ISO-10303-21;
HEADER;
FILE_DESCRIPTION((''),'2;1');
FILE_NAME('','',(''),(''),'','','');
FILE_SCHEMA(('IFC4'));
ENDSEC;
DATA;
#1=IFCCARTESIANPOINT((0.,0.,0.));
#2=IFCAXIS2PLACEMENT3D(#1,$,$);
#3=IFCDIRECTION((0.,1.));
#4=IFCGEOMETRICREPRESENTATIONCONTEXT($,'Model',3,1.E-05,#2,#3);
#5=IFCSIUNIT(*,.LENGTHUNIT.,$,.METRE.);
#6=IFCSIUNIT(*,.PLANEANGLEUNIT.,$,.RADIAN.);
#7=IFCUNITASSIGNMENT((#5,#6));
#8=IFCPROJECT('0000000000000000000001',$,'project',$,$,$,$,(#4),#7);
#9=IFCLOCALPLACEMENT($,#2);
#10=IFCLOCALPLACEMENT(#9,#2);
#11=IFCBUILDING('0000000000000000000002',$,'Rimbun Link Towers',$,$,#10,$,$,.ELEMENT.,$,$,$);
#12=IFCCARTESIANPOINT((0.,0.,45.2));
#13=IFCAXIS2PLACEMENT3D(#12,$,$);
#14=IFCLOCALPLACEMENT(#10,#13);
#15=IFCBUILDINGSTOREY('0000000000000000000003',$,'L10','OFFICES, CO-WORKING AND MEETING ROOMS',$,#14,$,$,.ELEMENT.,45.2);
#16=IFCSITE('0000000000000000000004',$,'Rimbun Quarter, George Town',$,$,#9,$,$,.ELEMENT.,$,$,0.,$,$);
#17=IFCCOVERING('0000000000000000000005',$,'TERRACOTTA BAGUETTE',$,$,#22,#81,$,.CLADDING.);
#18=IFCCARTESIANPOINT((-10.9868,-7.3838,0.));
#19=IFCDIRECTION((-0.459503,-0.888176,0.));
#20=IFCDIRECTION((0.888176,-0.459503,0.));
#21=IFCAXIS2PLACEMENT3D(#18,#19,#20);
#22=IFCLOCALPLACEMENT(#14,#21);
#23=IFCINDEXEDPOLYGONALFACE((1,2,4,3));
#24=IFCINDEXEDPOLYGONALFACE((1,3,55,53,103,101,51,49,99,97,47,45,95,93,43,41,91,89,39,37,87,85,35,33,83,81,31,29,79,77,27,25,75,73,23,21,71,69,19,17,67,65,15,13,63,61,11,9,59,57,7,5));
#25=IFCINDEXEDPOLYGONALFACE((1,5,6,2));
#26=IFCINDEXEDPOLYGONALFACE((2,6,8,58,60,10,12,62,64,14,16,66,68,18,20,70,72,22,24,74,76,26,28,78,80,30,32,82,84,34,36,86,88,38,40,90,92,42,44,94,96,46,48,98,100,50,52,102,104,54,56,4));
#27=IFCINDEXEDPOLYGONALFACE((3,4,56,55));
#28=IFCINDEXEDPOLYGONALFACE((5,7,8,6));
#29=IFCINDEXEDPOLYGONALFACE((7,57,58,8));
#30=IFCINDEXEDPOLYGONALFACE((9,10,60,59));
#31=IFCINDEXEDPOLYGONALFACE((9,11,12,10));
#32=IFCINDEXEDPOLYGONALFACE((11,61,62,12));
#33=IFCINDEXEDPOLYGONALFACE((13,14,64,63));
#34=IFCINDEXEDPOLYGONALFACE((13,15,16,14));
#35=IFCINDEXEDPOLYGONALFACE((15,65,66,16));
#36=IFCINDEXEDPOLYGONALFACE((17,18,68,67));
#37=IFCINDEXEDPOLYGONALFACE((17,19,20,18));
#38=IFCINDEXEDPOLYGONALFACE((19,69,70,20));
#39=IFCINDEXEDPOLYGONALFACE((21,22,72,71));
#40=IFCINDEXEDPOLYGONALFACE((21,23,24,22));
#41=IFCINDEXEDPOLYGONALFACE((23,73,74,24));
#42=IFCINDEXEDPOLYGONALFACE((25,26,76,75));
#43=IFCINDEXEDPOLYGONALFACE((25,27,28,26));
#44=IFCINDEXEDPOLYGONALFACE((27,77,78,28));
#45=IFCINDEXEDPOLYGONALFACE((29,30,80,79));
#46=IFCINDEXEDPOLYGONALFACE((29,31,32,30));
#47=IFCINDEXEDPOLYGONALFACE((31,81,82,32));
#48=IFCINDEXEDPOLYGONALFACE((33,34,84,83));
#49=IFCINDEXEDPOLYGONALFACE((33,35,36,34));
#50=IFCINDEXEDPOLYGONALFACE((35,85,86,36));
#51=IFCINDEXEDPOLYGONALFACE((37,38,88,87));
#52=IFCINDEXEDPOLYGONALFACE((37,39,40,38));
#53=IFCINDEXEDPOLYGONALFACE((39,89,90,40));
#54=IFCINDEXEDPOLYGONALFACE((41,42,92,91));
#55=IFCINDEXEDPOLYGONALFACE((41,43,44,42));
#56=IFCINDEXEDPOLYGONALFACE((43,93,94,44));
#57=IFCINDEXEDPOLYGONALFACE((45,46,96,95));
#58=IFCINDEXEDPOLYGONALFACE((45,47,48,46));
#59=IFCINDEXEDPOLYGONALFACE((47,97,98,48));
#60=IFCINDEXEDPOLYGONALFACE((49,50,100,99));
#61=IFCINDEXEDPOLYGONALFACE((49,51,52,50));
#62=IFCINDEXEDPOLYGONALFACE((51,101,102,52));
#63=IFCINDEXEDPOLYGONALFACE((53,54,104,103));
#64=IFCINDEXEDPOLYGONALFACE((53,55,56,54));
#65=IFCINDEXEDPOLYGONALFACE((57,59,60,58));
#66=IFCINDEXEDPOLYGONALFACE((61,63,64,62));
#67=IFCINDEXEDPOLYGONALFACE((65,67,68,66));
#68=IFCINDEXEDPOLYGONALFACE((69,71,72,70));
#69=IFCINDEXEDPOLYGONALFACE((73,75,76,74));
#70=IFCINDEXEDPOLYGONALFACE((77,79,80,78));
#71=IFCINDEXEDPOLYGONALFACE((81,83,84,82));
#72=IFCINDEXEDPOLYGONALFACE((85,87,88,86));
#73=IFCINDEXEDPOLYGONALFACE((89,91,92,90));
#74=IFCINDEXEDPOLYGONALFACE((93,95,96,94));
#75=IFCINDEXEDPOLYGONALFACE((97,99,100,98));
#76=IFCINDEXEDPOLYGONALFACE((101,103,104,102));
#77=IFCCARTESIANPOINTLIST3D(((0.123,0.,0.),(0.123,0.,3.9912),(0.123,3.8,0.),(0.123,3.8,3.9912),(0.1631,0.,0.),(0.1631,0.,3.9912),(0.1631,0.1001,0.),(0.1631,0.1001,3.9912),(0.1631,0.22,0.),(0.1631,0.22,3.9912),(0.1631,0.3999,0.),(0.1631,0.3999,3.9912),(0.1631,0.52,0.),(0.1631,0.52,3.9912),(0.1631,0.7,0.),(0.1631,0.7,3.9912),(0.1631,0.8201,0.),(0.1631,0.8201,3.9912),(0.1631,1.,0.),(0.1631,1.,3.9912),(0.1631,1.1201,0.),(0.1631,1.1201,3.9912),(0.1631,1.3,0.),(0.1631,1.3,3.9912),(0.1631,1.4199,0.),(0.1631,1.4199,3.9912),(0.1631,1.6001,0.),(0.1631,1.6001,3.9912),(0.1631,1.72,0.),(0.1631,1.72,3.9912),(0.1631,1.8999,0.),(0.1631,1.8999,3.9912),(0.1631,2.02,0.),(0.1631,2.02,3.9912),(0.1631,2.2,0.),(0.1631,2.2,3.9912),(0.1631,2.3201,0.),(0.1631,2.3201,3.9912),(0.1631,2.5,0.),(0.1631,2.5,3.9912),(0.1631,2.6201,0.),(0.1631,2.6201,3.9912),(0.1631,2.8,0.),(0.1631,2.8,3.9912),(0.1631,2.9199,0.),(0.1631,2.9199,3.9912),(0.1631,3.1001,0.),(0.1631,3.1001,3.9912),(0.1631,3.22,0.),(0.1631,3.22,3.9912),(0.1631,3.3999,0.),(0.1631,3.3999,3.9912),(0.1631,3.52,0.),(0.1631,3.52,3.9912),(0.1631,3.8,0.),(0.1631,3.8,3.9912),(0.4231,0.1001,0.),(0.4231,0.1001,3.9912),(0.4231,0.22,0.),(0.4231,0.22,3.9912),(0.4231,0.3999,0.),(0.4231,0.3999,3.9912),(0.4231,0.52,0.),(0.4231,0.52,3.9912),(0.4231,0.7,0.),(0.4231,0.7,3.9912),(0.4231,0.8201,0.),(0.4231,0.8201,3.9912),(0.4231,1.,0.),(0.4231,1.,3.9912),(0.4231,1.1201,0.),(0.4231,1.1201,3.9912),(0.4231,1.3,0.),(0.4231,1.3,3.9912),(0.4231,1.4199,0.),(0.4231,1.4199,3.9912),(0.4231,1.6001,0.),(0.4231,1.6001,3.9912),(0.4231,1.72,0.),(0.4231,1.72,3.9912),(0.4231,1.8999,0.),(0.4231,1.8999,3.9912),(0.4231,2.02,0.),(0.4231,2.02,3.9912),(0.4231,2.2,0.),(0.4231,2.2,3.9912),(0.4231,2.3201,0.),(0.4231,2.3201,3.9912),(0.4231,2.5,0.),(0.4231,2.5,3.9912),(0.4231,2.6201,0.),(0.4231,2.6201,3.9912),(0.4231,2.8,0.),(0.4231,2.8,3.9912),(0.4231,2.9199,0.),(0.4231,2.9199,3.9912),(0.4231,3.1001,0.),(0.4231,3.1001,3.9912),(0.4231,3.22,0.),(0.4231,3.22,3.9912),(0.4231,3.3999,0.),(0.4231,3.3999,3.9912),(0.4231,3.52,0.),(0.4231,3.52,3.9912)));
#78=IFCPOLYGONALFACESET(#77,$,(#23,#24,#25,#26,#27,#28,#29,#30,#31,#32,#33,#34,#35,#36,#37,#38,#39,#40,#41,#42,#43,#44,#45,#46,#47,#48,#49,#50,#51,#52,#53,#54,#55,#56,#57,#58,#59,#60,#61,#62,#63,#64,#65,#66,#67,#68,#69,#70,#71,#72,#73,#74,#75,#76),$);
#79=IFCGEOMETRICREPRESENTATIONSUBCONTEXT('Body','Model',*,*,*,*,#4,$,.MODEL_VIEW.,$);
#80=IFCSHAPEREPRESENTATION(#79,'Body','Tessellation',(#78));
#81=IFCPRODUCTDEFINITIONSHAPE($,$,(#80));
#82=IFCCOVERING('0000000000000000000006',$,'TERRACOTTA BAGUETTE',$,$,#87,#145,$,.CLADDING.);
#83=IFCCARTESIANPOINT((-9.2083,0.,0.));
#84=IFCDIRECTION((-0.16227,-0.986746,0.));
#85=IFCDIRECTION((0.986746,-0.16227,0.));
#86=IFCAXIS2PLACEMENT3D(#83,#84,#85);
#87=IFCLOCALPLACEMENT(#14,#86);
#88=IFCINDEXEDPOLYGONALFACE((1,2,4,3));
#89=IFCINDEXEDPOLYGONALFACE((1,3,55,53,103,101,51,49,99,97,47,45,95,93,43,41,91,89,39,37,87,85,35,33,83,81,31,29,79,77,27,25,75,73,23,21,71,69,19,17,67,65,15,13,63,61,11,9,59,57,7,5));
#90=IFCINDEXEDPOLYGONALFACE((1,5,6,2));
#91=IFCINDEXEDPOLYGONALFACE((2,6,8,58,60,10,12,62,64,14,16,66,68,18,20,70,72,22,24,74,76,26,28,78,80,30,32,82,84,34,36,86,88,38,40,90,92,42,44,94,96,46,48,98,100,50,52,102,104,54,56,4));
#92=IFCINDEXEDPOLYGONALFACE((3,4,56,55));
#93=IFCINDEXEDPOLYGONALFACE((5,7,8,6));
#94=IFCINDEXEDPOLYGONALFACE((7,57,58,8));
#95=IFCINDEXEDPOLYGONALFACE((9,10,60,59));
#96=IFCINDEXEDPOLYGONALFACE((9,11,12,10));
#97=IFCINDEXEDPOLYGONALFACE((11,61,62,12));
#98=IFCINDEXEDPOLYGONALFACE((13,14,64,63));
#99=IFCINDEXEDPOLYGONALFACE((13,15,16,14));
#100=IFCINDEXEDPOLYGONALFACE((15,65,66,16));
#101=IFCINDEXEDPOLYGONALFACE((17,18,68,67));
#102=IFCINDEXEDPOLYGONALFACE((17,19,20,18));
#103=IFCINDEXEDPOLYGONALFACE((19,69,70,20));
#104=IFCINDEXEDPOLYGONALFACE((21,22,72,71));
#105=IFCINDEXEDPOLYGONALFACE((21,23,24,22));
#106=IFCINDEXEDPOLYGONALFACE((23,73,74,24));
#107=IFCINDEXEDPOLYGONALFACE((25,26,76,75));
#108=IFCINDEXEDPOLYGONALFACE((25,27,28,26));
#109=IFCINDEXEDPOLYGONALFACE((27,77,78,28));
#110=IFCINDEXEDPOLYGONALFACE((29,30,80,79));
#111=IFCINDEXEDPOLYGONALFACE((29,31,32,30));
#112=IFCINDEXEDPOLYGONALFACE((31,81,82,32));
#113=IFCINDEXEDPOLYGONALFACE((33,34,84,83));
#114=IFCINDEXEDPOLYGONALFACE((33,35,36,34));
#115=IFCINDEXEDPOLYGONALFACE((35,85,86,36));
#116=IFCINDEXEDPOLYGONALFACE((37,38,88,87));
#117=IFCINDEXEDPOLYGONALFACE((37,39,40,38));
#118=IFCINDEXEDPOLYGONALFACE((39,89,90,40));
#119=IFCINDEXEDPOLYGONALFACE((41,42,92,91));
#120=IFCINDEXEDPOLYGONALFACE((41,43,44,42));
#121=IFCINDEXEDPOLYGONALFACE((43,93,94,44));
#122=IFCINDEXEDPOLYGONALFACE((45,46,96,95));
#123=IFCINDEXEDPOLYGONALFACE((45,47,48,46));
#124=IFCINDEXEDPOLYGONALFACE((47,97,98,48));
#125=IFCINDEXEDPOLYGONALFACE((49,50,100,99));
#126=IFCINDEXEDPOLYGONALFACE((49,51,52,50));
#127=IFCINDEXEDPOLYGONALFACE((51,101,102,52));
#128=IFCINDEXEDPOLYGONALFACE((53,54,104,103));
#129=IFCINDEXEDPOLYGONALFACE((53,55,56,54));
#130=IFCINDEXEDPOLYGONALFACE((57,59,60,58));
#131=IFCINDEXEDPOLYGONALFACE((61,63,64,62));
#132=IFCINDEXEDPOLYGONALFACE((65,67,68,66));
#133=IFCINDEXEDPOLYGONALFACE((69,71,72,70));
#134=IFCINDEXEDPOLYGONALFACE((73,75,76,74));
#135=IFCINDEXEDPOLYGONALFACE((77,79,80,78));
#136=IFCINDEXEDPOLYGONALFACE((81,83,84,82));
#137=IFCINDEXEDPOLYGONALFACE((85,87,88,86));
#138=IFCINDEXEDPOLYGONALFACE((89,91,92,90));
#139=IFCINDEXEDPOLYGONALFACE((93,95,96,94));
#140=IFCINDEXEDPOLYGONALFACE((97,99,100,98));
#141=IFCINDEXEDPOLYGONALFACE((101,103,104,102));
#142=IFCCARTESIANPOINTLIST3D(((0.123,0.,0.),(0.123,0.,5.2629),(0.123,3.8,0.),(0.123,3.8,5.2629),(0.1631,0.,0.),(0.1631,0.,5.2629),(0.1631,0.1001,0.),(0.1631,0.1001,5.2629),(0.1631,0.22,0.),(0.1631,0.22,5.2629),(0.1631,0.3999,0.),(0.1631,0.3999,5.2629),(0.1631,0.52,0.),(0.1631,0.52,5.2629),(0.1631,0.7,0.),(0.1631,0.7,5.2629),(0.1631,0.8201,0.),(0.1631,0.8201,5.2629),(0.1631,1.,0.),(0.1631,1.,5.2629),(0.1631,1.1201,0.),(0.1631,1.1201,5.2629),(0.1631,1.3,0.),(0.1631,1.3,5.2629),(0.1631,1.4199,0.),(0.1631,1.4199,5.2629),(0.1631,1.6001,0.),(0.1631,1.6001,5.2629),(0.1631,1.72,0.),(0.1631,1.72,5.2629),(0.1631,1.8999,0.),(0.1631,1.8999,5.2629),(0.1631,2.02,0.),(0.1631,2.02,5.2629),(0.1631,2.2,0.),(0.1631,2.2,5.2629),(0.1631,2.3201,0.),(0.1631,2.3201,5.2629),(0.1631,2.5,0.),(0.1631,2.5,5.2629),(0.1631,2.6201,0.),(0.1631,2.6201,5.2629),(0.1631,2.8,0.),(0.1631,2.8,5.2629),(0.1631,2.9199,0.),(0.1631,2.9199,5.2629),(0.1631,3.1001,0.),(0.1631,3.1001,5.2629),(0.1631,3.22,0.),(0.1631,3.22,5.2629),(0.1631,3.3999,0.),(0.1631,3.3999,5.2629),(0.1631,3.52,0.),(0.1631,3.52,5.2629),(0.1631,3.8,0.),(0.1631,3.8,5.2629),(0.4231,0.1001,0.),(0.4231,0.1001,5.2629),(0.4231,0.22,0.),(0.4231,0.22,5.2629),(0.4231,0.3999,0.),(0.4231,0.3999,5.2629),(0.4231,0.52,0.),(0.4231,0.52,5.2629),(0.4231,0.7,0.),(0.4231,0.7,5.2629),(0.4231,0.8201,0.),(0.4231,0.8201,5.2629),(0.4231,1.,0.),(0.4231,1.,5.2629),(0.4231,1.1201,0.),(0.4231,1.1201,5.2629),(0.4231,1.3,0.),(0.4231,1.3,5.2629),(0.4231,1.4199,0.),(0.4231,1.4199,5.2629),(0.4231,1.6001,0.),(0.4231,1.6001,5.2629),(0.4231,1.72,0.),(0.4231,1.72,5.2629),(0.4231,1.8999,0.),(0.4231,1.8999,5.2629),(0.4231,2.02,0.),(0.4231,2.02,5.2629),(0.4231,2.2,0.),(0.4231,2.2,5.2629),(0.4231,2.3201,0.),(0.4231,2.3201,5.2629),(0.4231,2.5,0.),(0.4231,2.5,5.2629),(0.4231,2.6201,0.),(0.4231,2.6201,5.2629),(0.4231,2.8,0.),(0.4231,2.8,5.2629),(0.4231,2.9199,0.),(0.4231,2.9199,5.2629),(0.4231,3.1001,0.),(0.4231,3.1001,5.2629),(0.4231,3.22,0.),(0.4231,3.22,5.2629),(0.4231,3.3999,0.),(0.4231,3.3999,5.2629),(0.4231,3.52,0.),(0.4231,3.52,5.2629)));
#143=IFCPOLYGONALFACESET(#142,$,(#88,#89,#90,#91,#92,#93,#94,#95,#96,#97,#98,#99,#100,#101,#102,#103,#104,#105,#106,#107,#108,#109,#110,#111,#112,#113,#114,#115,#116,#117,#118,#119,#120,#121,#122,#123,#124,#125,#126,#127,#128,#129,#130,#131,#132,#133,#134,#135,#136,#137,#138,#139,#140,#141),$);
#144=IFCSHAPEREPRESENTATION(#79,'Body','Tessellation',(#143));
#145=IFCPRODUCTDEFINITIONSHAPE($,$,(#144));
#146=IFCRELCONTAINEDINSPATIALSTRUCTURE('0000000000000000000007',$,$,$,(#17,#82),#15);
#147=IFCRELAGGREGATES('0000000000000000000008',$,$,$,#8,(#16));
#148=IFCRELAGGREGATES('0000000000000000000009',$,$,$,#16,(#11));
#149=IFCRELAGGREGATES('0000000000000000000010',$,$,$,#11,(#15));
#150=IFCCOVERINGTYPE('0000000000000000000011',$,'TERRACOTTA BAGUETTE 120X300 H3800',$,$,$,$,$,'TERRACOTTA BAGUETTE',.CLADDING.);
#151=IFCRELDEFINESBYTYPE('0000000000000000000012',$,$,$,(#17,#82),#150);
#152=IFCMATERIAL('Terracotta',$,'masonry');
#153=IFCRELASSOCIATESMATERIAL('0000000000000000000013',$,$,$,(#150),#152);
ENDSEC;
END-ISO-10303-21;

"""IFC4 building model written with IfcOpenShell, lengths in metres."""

from ifc_helpers import new_model, si_unit, direction, frame, origin, place, context, subcontext, project, spatial, polyline, outline, extrude, material, material_profile, profile_set, type_object, element, save


model = new_model("IFC4")

# Units and contexts
model_context = context("Model", 3, precision=1e-05, world=origin(), true_north=direction((0.0, 1.0)))
body_context = subcontext(model_context, "Body", "Model", "MODEL_VIEW")
ifc_project = project(units=[si_unit("LENGTHUNIT", "METRE"), si_unit("PLANEANGLEUNIT", "RADIAN")], contexts=[model_context])

# Site, building, storey
site_placement = place(None, origin())
site = spatial("IfcSite", under=ifc_project, at=site_placement, Name="Rimbun Quarter, George Town", CompositionType="ELEMENT", RefElevation=0.0)
building_placement = place(site_placement, origin())
building = spatial("IfcBuilding", under=site, at=building_placement, Name="Rimbun Link Towers", CompositionType="ELEMENT")
storey_placement = place(building_placement, frame((0.0, 0.0, 45.2)))
storey = spatial("IfcBuildingStorey", under=building, at=storey_placement, Name="L10", Description="OFFICES, CO-WORKING AND MEETING ROOMS", CompositionType="ELEMENT", Elevation=45.2)

# Coverings
ifc_material_1 = material(Name="Terracotta", Category="masonry")
ifc_material_profile_1 = material_profile(ifc_material_1, outline(polyline([(0.123, 0.0), (0.1631, 0.0), (0.1631, 0.1001), (0.4231, 0.1001), (0.4231, 0.22), (0.1631, 0.22), (0.1631, 0.3999), (0.4231, 0.3999), (0.4231, 0.52), (0.1631, 0.52), (0.1631, 0.7), (0.4231, 0.7), (0.4231, 0.8201), (0.1631, 0.8201), (0.1631, 1.0), (0.4231, 1.0), (0.4231, 1.1201), (0.1631, 1.1201), (0.1631, 1.3), (0.4231, 1.3), (0.4231, 1.4199), (0.1631, 1.4199), (0.1631, 1.6001), (0.4231, 1.6001), (0.4231, 1.72), (0.1631, 1.72), (0.1631, 1.8999), (0.4231, 1.8999), (0.4231, 2.02), (0.1631, 2.02), (0.1631, 2.2), (0.4231, 2.2), (0.4231, 2.3201), (0.1631, 2.3201), (0.1631, 2.5), (0.4231, 2.5), (0.4231, 2.6201), (0.1631, 2.6201), (0.1631, 2.8), (0.4231, 2.8), (0.4231, 2.9199), (0.1631, 2.9199), (0.1631, 3.1001), (0.4231, 3.1001), (0.4231, 3.22), (0.1631, 3.22), (0.1631, 3.3999), (0.4231, 3.3999), (0.4231, 3.52), (0.1631, 3.52), (0.1631, 3.8), (0.123, 3.8), (0.123, 0.0)])), Name="BAGUETTE 120X300")
ifc_profile_set_1 = profile_set([ifc_material_profile_1], Name="Terracotta")
covering_type = type_object("IfcCoveringType", Name="TERRACOTTA BAGUETTE 120X300 H3800", ElementType="TERRACOTTA BAGUETTE", PredefinedType="CLADDING", material=ifc_profile_set_1)
covering_1_placement = place(storey_placement, frame((-10.9868, -7.3838, 0.0), z_axis=(-0.459503, -0.888176, 0.0), x_axis=(0.888176, -0.459503, 0.0)))
element("IfcCovering", 1, at=covering_1_placement, inside=storey, type_object=covering_type, Name="TERRACOTTA BAGUETTE", PredefinedType="CLADDING", context=body_context, shape_type="SweptSolid", body=[
    extrude(outline(polyline([(0.123, 0.0), (0.1631, 0.0), (0.1631, 0.1001), (0.4231, 0.1001), (0.4231, 0.22), (0.1631, 0.22), (0.1631, 0.3999), (0.4231, 0.3999), (0.4231, 0.52), (0.1631, 0.52), (0.1631, 0.7), (0.4231, 0.7), (0.4231, 0.8201), (0.1631, 0.8201), (0.1631, 1.0), (0.4231, 1.0), (0.4231, 1.1201), (0.1631, 1.1201), (0.1631, 1.3), (0.4231, 1.3), (0.4231, 1.4199), (0.1631, 1.4199), (0.1631, 1.6001), (0.4231, 1.6001), (0.4231, 1.72), (0.1631, 1.72), (0.1631, 1.8999), (0.4231, 1.8999), (0.4231, 2.02), (0.1631, 2.02), (0.1631, 2.2), (0.4231, 2.2), (0.4231, 2.3201), (0.1631, 2.3201), (0.1631, 2.5), (0.4231, 2.5), (0.4231, 2.6201), (0.1631, 2.6201), (0.1631, 2.8), (0.4231, 2.8), (0.4231, 2.9199), (0.1631, 2.9199), (0.1631, 3.1001), (0.4231, 3.1001), (0.4231, 3.22), (0.1631, 3.22), (0.1631, 3.3999), (0.4231, 3.3999), (0.4231, 3.52), (0.1631, 3.52), (0.1631, 3.8), (0.123, 3.8), (0.123, 0.0)])), origin(), (0.0, 0.0, 1.0), 3.9912),
])
covering_2_placement = place(storey_placement, frame((-9.2083, 0.0, 0.0), z_axis=(-0.16227, -0.986746, 0.0), x_axis=(0.986746, -0.16227, 0.0)))
element("IfcCovering", 2, at=covering_2_placement, inside=storey, type_object=covering_type, Name="TERRACOTTA BAGUETTE", PredefinedType="CLADDING", context=body_context, shape_type="SweptSolid", body=[
    extrude(outline(polyline([(0.123, 0.0), (0.1631, 0.0), (0.1631, 0.1001), (0.4231, 0.1001), (0.4231, 0.22), (0.1631, 0.22), (0.1631, 0.3999), (0.4231, 0.3999), (0.4231, 0.52), (0.1631, 0.52), (0.1631, 0.7), (0.4231, 0.7), (0.4231, 0.8201), (0.1631, 0.8201), (0.1631, 1.0), (0.4231, 1.0), (0.4231, 1.1201), (0.1631, 1.1201), (0.1631, 1.3), (0.4231, 1.3), (0.4231, 1.4199), (0.1631, 1.4199), (0.1631, 1.6001), (0.4231, 1.6001), (0.4231, 1.72), (0.1631, 1.72), (0.1631, 1.8999), (0.4231, 1.8999), (0.4231, 2.02), (0.1631, 2.02), (0.1631, 2.2), (0.4231, 2.2), (0.4231, 2.3201), (0.1631, 2.3201), (0.1631, 2.5), (0.4231, 2.5), (0.4231, 2.6201), (0.1631, 2.6201), (0.1631, 2.8), (0.4231, 2.8), (0.4231, 2.9199), (0.1631, 2.9199), (0.1631, 3.1001), (0.4231, 3.1001), (0.4231, 3.22), (0.1631, 3.22), (0.1631, 3.3999), (0.4231, 3.3999), (0.4231, 3.52), (0.1631, 3.52), (0.1631, 3.8), (0.123, 3.8), (0.123, 0.0)])), origin(), (0.0, 0.0, 1.0), 5.2629),
])

save(model, "model.ifc")
